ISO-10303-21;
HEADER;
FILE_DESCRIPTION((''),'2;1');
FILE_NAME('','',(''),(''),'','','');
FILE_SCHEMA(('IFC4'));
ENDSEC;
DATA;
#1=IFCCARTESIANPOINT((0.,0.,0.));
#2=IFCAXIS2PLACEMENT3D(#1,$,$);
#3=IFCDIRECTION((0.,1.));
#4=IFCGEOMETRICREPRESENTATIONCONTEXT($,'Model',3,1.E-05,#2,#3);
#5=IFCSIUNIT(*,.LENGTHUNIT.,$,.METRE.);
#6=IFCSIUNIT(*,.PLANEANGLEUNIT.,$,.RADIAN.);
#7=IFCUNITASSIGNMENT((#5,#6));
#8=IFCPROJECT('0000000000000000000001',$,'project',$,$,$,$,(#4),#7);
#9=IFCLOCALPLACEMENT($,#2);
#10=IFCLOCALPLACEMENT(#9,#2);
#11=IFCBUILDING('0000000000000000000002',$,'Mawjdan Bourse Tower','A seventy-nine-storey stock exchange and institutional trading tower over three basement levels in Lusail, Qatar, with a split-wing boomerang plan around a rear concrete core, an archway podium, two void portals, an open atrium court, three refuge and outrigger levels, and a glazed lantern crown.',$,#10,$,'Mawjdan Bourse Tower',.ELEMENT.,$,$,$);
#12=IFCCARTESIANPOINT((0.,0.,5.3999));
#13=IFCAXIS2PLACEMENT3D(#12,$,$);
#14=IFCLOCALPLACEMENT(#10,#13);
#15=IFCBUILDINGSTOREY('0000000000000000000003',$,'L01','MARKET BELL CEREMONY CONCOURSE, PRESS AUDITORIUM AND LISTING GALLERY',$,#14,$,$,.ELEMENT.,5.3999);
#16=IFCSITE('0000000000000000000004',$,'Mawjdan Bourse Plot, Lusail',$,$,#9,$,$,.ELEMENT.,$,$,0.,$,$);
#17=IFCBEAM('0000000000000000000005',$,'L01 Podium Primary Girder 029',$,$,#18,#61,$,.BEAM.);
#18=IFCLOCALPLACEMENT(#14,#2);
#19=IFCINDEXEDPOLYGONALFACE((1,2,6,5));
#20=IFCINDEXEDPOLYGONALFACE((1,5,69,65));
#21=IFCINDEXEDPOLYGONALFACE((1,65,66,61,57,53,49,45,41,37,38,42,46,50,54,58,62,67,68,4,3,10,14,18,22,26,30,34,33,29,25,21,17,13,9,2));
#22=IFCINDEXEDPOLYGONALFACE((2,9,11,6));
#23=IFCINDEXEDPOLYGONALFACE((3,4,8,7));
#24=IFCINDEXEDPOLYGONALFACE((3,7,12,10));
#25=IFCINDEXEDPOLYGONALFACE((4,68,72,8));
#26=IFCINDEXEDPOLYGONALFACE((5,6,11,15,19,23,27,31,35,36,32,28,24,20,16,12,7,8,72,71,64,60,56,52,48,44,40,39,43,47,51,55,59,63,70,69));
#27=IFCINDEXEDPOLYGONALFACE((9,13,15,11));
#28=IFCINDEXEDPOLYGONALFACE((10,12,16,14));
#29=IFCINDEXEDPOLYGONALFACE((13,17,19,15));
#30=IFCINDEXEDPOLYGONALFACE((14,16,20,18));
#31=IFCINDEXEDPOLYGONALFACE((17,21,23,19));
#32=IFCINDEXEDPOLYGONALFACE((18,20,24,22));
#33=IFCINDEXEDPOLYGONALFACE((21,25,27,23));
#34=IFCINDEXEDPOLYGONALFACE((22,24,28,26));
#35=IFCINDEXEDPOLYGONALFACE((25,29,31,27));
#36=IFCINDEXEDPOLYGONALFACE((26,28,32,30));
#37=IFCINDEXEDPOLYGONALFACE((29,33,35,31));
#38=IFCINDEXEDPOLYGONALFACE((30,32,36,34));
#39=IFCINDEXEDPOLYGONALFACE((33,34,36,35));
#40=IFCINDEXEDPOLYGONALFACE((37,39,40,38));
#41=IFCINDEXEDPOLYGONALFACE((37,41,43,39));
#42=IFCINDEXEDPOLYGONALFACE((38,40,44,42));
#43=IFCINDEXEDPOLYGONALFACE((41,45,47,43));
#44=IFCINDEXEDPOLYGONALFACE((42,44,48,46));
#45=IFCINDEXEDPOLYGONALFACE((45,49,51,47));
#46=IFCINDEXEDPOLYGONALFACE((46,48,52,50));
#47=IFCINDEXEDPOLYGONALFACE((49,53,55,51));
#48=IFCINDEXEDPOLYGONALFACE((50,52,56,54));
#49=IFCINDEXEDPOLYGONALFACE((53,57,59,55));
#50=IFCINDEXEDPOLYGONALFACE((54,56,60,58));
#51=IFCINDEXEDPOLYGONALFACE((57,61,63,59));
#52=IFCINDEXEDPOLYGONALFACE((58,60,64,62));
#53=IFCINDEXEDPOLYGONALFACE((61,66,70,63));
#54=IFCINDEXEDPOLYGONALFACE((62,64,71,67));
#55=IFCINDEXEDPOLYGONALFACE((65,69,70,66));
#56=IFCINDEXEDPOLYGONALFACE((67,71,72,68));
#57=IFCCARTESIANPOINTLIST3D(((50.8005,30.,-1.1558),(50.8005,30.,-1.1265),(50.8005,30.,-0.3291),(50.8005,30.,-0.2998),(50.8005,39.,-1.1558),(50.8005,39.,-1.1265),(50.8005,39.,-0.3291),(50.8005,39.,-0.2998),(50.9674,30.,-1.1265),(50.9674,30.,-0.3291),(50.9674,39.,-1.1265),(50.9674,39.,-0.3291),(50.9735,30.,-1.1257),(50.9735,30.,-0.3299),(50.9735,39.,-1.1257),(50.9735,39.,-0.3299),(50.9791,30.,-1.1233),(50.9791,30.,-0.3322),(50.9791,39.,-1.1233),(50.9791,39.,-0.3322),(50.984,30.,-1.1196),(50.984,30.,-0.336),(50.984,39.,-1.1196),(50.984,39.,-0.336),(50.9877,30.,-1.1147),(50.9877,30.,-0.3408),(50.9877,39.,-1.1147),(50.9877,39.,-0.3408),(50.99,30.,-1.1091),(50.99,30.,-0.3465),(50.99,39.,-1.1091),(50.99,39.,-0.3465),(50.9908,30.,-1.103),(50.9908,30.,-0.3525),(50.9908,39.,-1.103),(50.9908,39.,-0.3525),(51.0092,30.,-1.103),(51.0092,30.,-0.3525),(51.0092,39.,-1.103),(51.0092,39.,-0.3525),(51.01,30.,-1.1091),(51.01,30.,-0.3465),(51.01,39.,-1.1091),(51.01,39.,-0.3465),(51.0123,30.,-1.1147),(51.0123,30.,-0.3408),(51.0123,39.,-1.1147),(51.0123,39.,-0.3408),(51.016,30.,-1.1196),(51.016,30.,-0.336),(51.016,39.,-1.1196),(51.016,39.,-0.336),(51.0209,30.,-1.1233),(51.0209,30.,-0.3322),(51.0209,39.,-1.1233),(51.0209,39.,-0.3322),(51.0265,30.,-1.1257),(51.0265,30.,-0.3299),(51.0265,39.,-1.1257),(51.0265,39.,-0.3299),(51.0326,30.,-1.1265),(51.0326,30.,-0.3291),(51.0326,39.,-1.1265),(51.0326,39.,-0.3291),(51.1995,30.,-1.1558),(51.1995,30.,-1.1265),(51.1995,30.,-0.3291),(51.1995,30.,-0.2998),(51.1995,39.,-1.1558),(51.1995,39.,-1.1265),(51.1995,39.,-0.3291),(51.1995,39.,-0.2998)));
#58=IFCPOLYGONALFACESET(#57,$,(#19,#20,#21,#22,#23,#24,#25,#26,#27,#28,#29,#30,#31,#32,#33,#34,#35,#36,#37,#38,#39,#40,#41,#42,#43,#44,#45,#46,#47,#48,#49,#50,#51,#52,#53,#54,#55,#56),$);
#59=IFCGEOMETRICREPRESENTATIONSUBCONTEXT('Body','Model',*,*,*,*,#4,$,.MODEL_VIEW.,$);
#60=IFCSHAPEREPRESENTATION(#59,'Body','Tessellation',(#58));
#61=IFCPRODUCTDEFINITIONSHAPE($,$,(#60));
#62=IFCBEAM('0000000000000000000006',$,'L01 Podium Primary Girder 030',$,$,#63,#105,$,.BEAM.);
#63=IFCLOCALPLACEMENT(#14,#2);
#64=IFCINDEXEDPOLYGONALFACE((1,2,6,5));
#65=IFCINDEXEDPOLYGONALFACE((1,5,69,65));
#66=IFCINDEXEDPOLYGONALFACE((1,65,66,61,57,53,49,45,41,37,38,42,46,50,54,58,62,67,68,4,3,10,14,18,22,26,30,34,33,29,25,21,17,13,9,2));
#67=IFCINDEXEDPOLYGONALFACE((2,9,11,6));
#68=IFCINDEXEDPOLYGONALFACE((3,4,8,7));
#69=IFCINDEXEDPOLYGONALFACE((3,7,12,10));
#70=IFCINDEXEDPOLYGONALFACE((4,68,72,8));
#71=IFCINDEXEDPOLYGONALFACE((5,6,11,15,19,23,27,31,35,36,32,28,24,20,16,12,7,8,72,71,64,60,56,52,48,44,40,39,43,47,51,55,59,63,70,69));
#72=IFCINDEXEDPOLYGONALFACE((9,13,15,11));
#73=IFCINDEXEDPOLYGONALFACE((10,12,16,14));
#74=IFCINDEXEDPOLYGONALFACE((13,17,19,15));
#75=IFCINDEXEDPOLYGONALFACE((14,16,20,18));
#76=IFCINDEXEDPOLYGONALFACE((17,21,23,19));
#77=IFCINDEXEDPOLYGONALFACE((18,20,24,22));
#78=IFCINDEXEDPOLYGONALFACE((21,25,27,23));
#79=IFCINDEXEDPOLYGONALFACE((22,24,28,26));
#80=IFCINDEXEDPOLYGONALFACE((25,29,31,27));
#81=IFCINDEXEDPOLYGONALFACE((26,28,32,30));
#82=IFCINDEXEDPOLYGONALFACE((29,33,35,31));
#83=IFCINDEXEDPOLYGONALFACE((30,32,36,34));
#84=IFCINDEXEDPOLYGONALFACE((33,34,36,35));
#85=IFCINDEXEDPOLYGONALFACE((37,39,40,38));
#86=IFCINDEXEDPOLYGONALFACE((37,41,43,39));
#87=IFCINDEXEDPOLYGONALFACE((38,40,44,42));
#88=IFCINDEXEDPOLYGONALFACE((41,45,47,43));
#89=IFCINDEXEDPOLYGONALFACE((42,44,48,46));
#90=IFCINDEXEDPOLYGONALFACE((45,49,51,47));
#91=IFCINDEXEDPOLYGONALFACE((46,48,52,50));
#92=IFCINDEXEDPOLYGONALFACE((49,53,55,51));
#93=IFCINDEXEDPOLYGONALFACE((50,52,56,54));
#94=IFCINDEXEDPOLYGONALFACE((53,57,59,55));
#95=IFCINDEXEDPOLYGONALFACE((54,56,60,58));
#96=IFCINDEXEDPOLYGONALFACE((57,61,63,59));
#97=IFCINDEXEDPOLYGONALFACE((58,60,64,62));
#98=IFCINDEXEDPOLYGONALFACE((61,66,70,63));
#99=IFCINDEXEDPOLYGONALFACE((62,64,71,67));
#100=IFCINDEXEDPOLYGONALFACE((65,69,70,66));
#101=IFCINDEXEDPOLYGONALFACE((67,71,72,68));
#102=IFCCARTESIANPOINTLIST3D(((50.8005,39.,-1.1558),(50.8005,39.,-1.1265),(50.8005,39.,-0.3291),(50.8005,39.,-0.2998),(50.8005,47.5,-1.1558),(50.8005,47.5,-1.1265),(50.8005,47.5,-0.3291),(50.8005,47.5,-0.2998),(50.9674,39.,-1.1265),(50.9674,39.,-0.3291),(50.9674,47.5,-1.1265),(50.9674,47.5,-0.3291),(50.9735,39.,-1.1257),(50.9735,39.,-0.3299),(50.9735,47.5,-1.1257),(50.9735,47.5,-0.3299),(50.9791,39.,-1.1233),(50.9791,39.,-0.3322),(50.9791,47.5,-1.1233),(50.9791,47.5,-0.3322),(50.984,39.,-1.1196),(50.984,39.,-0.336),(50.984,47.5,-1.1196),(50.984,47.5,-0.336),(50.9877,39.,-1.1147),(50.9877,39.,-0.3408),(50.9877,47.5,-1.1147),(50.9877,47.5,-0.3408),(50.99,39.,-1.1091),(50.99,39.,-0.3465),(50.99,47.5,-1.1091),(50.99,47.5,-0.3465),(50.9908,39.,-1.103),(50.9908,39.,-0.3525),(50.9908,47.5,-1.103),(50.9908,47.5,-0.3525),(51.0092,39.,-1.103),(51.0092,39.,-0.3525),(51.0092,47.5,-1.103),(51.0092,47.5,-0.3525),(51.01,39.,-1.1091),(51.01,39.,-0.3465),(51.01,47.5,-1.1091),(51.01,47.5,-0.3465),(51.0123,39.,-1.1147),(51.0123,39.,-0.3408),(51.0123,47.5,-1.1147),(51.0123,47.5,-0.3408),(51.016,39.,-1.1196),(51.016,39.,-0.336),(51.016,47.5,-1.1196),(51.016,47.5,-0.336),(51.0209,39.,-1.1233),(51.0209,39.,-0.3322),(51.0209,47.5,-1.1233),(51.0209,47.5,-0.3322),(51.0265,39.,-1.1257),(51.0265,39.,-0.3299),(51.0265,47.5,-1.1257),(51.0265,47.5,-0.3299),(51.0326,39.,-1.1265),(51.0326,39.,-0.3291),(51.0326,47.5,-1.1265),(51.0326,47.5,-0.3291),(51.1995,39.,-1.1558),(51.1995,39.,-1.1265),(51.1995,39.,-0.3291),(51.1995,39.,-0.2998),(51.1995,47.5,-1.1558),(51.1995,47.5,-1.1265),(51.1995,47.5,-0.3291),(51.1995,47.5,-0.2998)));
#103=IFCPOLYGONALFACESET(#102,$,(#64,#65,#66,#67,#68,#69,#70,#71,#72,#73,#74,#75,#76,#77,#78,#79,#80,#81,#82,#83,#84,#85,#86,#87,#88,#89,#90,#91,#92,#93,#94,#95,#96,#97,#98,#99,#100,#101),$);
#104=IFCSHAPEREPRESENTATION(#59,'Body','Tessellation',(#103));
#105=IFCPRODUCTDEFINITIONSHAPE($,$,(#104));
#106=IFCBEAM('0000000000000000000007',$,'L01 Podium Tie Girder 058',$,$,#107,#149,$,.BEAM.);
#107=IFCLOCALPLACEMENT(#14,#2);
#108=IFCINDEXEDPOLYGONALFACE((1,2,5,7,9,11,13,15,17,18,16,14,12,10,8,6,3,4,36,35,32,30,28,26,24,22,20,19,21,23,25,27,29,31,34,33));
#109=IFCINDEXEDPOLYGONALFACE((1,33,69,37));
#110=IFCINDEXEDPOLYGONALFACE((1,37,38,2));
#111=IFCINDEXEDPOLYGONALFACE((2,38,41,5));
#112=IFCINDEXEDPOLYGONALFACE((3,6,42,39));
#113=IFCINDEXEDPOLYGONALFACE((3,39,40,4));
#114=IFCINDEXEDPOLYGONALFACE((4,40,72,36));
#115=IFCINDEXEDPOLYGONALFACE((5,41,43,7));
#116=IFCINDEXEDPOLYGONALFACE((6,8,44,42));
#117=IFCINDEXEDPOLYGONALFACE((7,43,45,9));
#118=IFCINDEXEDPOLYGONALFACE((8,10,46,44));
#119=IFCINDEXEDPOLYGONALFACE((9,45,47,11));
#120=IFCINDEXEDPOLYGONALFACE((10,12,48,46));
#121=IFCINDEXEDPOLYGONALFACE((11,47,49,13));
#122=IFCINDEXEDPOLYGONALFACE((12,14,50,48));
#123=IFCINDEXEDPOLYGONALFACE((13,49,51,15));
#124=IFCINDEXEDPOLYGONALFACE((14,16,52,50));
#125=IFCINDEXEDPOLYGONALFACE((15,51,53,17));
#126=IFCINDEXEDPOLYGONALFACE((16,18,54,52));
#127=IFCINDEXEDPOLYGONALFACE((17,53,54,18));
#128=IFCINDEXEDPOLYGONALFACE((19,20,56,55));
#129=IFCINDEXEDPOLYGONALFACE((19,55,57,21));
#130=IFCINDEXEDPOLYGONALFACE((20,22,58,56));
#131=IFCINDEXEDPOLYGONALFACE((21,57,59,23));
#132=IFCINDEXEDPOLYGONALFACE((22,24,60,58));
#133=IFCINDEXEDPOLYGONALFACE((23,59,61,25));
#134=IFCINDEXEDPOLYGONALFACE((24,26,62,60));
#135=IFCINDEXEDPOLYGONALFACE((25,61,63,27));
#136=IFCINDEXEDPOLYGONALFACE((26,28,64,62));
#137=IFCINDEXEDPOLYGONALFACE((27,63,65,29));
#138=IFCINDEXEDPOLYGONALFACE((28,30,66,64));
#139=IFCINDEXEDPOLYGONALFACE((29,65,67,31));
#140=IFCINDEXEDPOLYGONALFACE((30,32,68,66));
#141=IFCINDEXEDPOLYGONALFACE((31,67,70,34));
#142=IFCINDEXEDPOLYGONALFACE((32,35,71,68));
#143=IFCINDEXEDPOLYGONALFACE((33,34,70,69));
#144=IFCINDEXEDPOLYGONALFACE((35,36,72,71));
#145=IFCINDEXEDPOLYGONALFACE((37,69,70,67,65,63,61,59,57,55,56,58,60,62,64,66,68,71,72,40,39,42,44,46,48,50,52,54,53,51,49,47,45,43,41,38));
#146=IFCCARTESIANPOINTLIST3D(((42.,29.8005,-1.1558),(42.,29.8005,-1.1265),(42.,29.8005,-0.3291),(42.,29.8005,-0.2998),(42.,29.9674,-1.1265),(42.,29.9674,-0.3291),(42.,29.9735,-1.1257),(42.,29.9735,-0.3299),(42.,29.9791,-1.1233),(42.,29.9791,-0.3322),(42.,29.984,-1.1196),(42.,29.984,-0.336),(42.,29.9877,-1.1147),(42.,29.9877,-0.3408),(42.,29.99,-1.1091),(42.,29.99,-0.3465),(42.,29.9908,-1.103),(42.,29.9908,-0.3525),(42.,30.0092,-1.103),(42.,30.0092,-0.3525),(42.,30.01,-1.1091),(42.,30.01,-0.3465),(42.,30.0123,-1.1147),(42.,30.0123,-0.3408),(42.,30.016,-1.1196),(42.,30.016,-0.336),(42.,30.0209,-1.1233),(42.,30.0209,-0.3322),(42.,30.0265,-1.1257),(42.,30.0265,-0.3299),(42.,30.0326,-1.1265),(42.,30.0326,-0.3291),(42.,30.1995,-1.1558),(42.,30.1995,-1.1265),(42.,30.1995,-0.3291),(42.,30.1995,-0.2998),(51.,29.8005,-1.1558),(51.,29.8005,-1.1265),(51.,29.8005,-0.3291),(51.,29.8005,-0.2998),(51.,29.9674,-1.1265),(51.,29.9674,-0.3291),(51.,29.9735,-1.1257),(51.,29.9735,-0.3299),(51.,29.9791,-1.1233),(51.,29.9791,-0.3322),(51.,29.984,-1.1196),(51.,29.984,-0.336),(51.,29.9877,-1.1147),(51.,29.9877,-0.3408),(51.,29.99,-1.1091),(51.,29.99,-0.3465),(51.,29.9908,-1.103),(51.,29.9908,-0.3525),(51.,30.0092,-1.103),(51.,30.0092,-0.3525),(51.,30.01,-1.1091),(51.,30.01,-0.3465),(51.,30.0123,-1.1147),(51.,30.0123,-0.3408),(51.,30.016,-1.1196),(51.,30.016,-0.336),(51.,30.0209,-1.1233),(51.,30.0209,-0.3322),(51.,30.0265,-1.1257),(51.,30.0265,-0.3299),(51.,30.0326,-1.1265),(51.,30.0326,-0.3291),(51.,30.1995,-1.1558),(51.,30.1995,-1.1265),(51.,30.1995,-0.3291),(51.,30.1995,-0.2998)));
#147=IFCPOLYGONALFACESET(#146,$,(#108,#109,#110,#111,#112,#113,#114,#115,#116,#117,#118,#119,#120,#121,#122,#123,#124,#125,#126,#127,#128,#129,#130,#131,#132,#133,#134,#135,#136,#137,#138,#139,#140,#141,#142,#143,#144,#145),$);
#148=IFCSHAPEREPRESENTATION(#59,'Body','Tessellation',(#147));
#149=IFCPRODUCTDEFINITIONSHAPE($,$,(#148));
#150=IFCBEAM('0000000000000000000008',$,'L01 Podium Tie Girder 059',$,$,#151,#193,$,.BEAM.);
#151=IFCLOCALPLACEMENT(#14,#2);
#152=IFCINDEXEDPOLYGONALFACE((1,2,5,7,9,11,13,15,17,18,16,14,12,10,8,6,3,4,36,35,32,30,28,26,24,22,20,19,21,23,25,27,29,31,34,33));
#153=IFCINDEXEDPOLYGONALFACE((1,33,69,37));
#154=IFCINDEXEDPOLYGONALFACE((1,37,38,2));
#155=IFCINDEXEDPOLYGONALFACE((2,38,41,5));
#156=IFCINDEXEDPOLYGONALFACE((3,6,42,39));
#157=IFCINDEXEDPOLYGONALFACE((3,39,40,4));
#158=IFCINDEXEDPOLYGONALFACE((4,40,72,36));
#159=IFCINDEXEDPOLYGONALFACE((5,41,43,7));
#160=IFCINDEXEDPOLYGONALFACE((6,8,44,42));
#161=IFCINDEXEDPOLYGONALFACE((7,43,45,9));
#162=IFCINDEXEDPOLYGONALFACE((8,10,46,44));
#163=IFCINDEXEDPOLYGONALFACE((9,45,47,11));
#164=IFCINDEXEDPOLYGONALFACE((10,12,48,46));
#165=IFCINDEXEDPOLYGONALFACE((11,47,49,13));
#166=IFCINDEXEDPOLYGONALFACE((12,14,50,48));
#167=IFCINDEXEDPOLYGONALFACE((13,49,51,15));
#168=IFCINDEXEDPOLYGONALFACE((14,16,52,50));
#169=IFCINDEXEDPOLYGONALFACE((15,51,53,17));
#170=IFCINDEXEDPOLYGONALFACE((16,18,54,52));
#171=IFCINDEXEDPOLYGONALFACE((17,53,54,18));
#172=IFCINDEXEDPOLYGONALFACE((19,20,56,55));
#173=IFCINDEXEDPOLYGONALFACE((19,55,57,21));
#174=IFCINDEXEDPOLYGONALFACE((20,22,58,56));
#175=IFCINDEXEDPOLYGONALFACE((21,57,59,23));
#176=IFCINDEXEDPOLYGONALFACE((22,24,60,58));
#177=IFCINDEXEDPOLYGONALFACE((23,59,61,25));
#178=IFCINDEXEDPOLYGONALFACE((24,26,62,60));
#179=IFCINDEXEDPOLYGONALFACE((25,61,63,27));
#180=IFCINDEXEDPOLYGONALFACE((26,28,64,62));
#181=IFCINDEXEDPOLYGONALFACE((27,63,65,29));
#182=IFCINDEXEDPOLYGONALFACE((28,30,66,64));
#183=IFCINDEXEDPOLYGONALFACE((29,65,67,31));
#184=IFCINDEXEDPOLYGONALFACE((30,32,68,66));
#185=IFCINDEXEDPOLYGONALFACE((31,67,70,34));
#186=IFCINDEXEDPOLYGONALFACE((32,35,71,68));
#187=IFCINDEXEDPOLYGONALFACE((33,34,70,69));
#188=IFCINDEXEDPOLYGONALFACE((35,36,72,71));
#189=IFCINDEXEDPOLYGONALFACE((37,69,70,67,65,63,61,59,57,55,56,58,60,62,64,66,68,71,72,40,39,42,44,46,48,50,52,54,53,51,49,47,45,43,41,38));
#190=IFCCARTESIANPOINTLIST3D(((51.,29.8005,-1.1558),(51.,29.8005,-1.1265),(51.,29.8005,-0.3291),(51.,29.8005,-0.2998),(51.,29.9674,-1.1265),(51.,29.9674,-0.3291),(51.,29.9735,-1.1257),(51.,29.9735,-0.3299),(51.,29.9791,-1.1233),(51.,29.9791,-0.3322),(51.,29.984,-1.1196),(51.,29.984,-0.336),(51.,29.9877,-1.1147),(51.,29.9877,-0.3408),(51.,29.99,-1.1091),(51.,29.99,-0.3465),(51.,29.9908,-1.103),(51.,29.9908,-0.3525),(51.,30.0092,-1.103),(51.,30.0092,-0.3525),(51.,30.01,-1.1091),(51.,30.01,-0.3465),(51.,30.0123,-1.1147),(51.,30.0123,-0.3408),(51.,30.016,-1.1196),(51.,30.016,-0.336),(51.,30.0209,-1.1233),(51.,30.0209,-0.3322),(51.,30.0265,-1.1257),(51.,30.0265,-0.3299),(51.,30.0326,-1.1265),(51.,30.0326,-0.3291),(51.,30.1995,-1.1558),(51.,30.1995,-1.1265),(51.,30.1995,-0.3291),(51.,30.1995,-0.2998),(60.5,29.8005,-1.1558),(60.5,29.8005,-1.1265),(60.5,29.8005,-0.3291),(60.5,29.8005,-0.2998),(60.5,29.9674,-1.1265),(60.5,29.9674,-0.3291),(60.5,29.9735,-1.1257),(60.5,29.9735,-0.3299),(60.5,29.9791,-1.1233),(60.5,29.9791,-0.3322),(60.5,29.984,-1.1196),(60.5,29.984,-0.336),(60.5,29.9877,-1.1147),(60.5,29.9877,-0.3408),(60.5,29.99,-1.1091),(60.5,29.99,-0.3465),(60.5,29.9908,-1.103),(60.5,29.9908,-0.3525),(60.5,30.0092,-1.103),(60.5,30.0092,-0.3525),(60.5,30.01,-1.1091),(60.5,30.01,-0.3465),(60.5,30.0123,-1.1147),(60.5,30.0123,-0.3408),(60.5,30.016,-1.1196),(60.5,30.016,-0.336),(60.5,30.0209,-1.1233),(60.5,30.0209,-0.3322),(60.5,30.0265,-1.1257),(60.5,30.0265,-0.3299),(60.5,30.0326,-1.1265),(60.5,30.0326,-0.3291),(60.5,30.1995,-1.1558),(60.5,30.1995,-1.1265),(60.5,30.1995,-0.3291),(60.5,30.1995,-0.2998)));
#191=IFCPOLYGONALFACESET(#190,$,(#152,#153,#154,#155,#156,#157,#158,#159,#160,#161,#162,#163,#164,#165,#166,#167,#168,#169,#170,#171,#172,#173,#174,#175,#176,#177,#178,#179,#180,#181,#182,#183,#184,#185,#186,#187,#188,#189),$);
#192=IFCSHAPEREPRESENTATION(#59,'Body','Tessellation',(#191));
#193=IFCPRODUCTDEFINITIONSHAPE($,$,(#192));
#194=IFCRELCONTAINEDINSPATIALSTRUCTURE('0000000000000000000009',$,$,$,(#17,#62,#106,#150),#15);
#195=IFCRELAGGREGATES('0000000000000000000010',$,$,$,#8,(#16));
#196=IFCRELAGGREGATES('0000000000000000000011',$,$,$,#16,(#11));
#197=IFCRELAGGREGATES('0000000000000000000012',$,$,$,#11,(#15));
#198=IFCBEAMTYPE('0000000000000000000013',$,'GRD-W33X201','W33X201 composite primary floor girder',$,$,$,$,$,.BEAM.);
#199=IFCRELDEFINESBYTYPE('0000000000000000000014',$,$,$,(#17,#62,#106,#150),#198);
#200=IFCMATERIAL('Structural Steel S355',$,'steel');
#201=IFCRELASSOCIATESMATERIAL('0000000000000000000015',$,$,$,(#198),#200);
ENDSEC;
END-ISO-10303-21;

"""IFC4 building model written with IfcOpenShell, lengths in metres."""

from ifc_helpers import new_model, si_unit, direction, frame, origin, origin_2d, place, context, subcontext, project, spatial, i_section, extrude, material, material_profile, profile_set, type_object, element, save


model = new_model("IFC4")

# Units and contexts
model_context = context("Model", 3, precision=1e-05, world=origin(), true_north=direction((0.0, 1.0)))
body_context = subcontext(model_context, "Body", "Model", "MODEL_VIEW")
ifc_project = project(units=[si_unit("LENGTHUNIT", "METRE"), si_unit("PLANEANGLEUNIT", "RADIAN")], contexts=[model_context])

# Site, building, storey
site_placement = place(None, origin())
site = spatial("IfcSite", under=ifc_project, at=site_placement, Name="Mawjdan Bourse Plot, Lusail", CompositionType="ELEMENT", RefElevation=0.0)
building_placement = place(site_placement, origin())
building = spatial("IfcBuilding", under=site, at=building_placement, Name="Mawjdan Bourse Tower", Description="A seventy-nine-storey stock exchange and institutional trading tower over three basement levels in Lusail, Qatar, with a split-wing boomerang plan around a rear concrete core, an archway podium, two void portals, an open atrium court, three refuge and outrigger levels, and a glazed lantern crown.", LongName="Mawjdan Bourse Tower", CompositionType="ELEMENT")
storey_placement = place(building_placement, frame((0.0, 0.0, 5.3999)))
storey = spatial("IfcBuildingStorey", under=building, at=storey_placement, Name="L01", Description="MARKET BELL CEREMONY CONCOURSE, PRESS AUDITORIUM AND LISTING GALLERY", CompositionType="ELEMENT", Elevation=5.3999)

# Beams
ifc_material_1 = material(Name="Structural Steel S355", Category="steel")
ifc_material_profile_1 = material_profile(ifc_material_1, i_section(OverallWidth=0.3989, OverallDepth=0.856, WebThickness=0.0183, FlangeThickness=0.0293, FilletRadius=0.0234, at=origin_2d()), Name="W33X201")
ifc_profile_set_1 = profile_set([ifc_material_profile_1], Name="Structural Steel S355")
beam_type_1 = type_object("IfcBeamType", Name="GRD-W33X201", Description="W33X201 composite primary floor girder", PredefinedType="BEAM", material=ifc_profile_set_1)
beam_1_placement = place(storey_placement, frame((51.0, 30.0, -0.7278), z_axis=(0.0, 1.0, 0.0), x_axis=(-1.0, 0.0, 0.0)))
element("IfcBeam", 1, at=beam_1_placement, inside=storey, type_object=beam_type_1, Name="L01 Podium Primary Girder 029", PredefinedType="BEAM", context=body_context, shape_type="SweptSolid", body=[
    extrude(i_section(OverallWidth=0.3989, OverallDepth=0.856, WebThickness=0.0183, FlangeThickness=0.0293, FilletRadius=0.0234, at=origin_2d()), origin(), (0.0, 0.0, 1.0), 9.0),
])
beam_2_placement = place(storey_placement, frame((51.0, 39.0, -0.7278), z_axis=(0.0, 1.0, 0.0), x_axis=(-1.0, 0.0, 0.0)))
element("IfcBeam", 2, at=beam_2_placement, inside=storey, type_object=beam_type_1, Name="L01 Podium Primary Girder 030", PredefinedType="BEAM", context=body_context, shape_type="SweptSolid", body=[
    extrude(i_section(OverallWidth=0.3989, OverallDepth=0.856, WebThickness=0.0183, FlangeThickness=0.0293, FilletRadius=0.0234, at=origin_2d()), origin(), (0.0, 0.0, 1.0), 8.5),
])
beam_3_placement = place(storey_placement, frame((42.0, 30.0, -0.7278), z_axis=(1.0, 0.0, 0.0), x_axis=(0.0, 1.0, 0.0)))
element("IfcBeam", 3, at=beam_3_placement, inside=storey, type_object=beam_type_1, Name="L01 Podium Tie Girder 058", PredefinedType="BEAM", context=body_context, shape_type="SweptSolid", body=[
    extrude(i_section(OverallWidth=0.3989, OverallDepth=0.856, WebThickness=0.0183, FlangeThickness=0.0293, FilletRadius=0.0234, at=origin_2d()), origin(), (0.0, 0.0, 1.0), 9.0),
])
beam_4_placement = place(storey_placement, frame((51.0, 30.0, -0.7278), z_axis=(1.0, 0.0, 0.0), x_axis=(0.0, 1.0, 0.0)))
element("IfcBeam", 4, at=beam_4_placement, inside=storey, type_object=beam_type_1, Name="L01 Podium Tie Girder 059", PredefinedType="BEAM", context=body_context, shape_type="SweptSolid", body=[
    extrude(i_section(OverallWidth=0.3989, OverallDepth=0.856, WebThickness=0.0183, FlangeThickness=0.0293, FilletRadius=0.0234, at=origin_2d()), origin(), (0.0, 0.0, 1.0), 9.5),
])

save(model, "model.ifc")
